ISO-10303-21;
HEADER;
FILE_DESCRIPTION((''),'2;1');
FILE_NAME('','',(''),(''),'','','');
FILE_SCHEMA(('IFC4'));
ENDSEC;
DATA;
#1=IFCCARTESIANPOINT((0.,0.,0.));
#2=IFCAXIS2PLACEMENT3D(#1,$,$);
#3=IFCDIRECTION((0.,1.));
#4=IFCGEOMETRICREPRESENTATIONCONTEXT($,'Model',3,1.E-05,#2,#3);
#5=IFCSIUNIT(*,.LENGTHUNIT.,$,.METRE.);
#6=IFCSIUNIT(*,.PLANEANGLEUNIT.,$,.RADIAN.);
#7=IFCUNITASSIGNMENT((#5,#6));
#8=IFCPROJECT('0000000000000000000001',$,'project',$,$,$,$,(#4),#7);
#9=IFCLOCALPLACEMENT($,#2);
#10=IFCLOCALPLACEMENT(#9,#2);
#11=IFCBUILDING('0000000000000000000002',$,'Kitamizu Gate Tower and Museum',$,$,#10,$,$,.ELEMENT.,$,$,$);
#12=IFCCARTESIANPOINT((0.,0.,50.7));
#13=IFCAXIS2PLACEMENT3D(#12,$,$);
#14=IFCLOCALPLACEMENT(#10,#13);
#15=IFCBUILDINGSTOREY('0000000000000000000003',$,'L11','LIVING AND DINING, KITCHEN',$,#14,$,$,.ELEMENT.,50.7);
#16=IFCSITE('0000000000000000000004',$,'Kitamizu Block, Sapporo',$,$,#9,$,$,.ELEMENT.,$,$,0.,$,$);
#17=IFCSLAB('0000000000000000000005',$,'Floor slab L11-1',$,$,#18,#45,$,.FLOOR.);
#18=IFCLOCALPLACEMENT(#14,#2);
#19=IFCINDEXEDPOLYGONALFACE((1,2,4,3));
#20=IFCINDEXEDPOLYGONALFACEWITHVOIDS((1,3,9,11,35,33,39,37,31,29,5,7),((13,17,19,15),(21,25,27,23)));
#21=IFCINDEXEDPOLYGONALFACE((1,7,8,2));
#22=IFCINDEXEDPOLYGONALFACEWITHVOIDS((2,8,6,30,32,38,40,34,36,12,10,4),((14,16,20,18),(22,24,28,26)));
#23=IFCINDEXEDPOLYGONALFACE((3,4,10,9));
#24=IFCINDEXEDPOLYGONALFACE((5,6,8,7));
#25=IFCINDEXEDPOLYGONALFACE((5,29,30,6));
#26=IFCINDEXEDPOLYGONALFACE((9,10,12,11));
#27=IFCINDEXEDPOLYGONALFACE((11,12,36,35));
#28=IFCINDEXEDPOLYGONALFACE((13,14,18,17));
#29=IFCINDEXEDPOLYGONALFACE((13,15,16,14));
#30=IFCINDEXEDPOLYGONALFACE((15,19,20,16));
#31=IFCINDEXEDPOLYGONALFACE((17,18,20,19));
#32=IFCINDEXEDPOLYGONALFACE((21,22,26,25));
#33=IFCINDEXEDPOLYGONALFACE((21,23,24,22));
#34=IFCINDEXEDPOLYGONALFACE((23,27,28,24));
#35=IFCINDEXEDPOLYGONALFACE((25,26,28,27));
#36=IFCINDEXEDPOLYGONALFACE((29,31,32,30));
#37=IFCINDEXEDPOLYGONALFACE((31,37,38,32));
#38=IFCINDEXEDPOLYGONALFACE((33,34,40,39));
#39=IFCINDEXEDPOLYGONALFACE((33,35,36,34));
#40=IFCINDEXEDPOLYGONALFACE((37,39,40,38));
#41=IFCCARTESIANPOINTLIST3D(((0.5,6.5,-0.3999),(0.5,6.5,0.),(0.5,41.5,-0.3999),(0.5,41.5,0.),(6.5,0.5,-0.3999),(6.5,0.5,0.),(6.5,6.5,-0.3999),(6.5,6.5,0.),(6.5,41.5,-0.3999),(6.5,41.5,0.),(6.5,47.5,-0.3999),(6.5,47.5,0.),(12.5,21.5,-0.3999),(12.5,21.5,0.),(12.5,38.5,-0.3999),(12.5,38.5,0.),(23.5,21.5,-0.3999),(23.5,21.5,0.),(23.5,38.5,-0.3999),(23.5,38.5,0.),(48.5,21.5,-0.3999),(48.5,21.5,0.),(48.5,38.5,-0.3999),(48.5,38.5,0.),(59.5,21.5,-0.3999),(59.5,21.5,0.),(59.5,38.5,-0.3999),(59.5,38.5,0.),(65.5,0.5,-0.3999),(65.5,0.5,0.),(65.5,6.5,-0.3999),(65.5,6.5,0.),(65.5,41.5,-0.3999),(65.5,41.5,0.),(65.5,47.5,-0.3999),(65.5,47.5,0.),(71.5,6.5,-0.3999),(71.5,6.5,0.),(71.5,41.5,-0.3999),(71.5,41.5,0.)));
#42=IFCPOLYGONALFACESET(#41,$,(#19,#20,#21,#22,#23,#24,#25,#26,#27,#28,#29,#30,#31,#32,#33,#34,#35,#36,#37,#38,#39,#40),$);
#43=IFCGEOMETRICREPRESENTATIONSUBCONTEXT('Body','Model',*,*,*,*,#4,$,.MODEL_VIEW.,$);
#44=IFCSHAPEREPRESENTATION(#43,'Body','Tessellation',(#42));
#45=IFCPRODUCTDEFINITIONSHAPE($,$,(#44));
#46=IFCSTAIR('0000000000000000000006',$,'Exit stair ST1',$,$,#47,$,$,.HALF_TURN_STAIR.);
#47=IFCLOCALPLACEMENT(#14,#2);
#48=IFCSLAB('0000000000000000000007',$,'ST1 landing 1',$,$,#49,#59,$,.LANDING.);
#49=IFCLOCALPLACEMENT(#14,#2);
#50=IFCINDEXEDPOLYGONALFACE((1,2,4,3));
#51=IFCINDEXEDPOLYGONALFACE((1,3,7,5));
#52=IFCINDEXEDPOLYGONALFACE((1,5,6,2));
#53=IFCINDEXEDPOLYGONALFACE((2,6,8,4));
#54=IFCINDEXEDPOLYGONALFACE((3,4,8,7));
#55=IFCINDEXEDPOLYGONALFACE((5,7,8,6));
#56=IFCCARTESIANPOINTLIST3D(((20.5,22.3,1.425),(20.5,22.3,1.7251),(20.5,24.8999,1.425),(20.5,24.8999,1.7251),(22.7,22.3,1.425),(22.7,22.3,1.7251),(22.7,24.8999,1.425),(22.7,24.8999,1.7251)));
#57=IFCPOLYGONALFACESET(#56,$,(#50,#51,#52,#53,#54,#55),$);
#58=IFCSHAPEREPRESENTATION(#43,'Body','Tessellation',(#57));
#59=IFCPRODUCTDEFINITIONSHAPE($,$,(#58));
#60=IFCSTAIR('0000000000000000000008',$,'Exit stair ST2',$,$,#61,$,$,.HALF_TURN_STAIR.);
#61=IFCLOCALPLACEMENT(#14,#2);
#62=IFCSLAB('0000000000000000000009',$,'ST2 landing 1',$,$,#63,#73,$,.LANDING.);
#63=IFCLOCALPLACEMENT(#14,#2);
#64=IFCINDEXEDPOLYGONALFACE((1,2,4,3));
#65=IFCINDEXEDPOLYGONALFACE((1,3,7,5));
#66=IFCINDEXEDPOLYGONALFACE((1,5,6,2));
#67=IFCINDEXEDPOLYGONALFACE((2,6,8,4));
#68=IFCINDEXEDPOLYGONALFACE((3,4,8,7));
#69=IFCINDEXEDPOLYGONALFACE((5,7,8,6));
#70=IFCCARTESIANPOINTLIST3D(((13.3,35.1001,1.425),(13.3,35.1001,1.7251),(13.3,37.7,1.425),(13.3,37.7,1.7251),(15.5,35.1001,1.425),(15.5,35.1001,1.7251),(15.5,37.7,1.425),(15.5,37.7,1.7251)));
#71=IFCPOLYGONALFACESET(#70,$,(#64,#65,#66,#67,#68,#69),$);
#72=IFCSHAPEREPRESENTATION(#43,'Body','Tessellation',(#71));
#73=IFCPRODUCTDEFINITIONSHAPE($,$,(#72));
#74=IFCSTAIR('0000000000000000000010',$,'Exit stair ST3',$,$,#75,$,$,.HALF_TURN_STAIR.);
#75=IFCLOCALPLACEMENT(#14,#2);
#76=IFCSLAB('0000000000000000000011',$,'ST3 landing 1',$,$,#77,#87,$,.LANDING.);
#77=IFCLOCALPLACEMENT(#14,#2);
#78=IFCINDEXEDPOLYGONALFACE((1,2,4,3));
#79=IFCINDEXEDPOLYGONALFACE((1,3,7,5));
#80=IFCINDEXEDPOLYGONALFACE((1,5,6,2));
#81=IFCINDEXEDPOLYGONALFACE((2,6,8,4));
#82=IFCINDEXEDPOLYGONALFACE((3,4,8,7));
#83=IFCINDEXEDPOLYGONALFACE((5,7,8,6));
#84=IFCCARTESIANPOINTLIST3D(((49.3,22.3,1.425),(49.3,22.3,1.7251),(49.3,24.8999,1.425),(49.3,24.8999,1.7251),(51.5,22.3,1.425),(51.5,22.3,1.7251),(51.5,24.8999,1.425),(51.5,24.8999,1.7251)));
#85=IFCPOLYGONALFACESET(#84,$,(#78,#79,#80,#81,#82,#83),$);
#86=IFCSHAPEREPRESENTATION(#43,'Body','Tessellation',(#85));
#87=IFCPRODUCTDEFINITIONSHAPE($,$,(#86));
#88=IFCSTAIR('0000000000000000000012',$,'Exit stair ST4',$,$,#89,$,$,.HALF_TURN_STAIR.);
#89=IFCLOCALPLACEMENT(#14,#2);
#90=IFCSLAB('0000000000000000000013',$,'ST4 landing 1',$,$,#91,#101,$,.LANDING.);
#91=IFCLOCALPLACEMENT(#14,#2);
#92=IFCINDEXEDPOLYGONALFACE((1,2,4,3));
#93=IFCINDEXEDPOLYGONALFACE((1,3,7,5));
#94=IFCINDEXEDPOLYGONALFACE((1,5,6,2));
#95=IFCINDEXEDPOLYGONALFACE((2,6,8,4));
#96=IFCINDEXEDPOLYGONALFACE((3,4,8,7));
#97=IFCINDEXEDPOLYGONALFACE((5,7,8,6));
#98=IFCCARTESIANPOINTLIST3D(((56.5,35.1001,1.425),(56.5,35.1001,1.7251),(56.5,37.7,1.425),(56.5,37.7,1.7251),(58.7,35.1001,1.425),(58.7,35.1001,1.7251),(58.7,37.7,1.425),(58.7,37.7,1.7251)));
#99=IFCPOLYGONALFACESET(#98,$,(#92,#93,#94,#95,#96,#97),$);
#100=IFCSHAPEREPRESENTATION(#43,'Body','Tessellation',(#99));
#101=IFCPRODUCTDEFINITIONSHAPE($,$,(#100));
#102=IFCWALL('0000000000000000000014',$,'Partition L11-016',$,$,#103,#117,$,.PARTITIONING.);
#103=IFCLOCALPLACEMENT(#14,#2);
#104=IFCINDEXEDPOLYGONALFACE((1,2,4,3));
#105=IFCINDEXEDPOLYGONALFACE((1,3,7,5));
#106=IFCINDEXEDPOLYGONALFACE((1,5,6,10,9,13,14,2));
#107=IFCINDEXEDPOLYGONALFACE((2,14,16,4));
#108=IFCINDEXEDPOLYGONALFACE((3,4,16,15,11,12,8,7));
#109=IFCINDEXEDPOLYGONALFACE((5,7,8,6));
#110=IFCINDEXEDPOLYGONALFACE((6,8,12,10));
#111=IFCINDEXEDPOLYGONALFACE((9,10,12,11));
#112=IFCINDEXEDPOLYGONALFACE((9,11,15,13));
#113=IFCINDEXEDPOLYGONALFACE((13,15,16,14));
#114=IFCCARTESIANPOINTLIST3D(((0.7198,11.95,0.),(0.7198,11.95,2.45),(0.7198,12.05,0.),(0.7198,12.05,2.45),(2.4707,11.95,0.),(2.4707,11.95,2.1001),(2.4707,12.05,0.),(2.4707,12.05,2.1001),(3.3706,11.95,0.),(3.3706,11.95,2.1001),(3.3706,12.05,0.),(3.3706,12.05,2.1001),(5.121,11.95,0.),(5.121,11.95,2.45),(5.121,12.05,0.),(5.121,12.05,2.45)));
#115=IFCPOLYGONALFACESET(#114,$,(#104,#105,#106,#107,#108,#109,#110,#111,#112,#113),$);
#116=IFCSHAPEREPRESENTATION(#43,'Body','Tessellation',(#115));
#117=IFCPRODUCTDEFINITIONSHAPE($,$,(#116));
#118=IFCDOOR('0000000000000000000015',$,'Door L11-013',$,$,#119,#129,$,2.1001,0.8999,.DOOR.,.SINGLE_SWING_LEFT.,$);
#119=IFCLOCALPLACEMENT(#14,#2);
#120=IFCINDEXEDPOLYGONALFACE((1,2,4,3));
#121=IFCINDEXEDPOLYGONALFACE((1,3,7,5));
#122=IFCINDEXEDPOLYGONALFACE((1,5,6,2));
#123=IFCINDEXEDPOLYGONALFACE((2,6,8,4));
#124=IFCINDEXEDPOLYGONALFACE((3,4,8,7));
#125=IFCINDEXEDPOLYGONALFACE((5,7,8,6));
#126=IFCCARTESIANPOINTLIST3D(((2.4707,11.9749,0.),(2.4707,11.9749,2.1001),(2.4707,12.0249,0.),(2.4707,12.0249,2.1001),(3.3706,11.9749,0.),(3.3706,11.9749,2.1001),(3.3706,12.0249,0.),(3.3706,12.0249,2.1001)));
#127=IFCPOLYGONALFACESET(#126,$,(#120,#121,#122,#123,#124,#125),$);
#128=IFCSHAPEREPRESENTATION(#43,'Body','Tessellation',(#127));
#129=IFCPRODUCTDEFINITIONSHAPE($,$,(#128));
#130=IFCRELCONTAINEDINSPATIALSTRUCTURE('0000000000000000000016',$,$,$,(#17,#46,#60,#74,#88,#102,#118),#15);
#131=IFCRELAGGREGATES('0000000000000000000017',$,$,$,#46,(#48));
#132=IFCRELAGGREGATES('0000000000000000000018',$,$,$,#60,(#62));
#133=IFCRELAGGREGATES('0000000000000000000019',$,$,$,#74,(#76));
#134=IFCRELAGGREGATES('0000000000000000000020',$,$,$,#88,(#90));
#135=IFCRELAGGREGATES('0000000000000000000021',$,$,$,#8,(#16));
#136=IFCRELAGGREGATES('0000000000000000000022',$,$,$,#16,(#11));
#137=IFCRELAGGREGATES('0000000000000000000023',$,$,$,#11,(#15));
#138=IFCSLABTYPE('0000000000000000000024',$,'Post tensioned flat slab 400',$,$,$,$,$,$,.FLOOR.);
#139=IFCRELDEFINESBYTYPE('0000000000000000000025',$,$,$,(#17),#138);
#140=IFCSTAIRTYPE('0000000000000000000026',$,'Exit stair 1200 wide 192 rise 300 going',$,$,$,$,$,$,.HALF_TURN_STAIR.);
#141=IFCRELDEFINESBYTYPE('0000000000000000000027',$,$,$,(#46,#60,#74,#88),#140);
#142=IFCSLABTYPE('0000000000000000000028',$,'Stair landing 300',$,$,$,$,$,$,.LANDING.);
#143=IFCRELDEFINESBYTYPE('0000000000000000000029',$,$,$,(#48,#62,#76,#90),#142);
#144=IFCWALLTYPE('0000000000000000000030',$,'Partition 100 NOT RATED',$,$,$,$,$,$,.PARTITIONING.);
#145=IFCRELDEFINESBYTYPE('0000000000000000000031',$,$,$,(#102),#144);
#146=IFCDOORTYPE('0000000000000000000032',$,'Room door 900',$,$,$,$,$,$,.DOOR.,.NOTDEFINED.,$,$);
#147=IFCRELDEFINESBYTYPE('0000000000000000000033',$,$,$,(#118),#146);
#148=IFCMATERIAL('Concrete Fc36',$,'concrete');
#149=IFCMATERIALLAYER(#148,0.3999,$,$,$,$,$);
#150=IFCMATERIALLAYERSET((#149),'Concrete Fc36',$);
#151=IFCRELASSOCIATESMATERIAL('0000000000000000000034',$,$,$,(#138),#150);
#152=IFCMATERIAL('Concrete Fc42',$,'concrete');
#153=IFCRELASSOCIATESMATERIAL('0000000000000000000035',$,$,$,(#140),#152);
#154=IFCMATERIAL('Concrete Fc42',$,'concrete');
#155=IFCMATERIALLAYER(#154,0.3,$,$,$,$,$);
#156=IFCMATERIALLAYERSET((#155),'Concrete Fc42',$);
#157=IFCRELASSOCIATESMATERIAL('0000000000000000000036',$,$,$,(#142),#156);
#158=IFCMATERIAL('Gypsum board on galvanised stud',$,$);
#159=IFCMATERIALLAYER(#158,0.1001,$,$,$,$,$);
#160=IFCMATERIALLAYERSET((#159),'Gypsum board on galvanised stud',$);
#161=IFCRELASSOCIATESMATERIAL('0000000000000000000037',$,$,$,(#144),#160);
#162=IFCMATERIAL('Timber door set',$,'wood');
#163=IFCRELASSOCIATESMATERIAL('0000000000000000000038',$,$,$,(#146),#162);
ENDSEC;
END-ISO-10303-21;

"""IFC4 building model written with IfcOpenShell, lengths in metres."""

from ifc_helpers import new_model, si_unit, direction, frame, frame_2d, origin, place, context, subcontext, project, spatial, polyline, rectangle, outline, extrude, material, layer, layer_set, type_object, element, fill, aggregate, save


model = new_model("IFC4")

# Units and contexts
model_context = context("Model", 3, precision=1e-05, world=origin(), true_north=direction((0.0, 1.0)))
body_context = subcontext(model_context, "Body", "Model", "MODEL_VIEW")
ifc_project = project(units=[si_unit("LENGTHUNIT", "METRE"), si_unit("PLANEANGLEUNIT", "RADIAN")], contexts=[model_context])

# Site, building, storey
site_placement = place(None, origin())
site = spatial("IfcSite", under=ifc_project, at=site_placement, Name="Kitamizu Block, Sapporo", CompositionType="ELEMENT", RefElevation=0.0)
building_placement = place(site_placement, origin())
building = spatial("IfcBuilding", under=site, at=building_placement, Name="Kitamizu Gate Tower and Museum", CompositionType="ELEMENT")
storey_placement = place(building_placement, frame((0.0, 0.0, 50.7)))
storey = spatial("IfcBuildingStorey", under=building, at=storey_placement, Name="L11", Description="LIVING AND DINING, KITCHEN", CompositionType="ELEMENT", Elevation=50.7)

# Slab
ifc_material_1 = material(Name="Concrete Fc36", Category="concrete")
ifc_layer_1 = layer(ifc_material_1, 0.3999)
ifc_layer_set_1 = layer_set([ifc_layer_1], Name="Concrete Fc36")
slab_type_1 = type_object("IfcSlabType", Name="Post tensioned flat slab 400", PredefinedType="FLOOR", material=ifc_layer_set_1)
slab_1_placement = place(storey_placement, frame((0.0, 0.0, -0.3999)))
element("IfcSlab", 1, at=slab_1_placement, inside=storey, type_object=slab_type_1, Name="Floor slab L11-1", PredefinedType="FLOOR", context=body_context, shape_type="SweptSolid", body=[
    extrude(outline(polyline([(0.5, 6.5), (0.5, 41.5), (6.5, 41.5), (6.5, 47.5), (65.5, 47.5), (65.5, 41.5), (71.5, 41.5), (71.5, 6.5), (65.5, 6.5), (65.5, 0.5), (6.5, 0.5), (6.5, 6.5), (0.5, 6.5)]), holes=[polyline([(59.5, 38.5), (48.5, 38.5), (48.5, 21.5), (59.5, 21.5), (59.5, 38.5)]), polyline([(12.5, 38.5), (12.5, 21.5), (23.5, 21.5), (23.5, 38.5), (12.5, 38.5)])]), origin(), (0.0, 0.0, 1.0), 0.3999),
])

# Stairs, slabs
ifc_material_2 = material(Name="Concrete Fc42", Category="concrete")
stair_type = type_object("IfcStairType", Name="Exit stair 1200 wide 192 rise 300 going", PredefinedType="HALF_TURN_STAIR", material=ifc_material_2)
stair_1_placement = place(storey_placement, origin())
stair_1 = element("IfcStair", 2, at=stair_1_placement, inside=storey, type_object=stair_type, Name="Exit stair ST1", PredefinedType="HALF_TURN_STAIR")
ifc_material_3 = material(Name="Concrete Fc42", Category="concrete")
ifc_layer_2 = layer(ifc_material_3, 0.3)
ifc_layer_set_2 = layer_set([ifc_layer_2], Name="Concrete Fc42")
slab_type_2 = type_object("IfcSlabType", Name="Stair landing 300", PredefinedType="LANDING", material=ifc_layer_set_2)
slab_2_placement = place(storey_placement, frame((0.0, 0.0, 1.425)))
slab_2 = element("IfcSlab", 3, at=slab_2_placement, type_object=slab_type_2, Name="ST1 landing 1", PredefinedType="LANDING", context=body_context, shape_type="SweptSolid", body=[
    extrude(outline(polyline([(20.5, 22.3), (22.7, 22.3), (22.7, 24.8999), (20.5, 24.8999), (20.5, 22.3)])), origin(), (0.0, 0.0, 1.0), 0.3),
])
aggregate(stair_1, [slab_2])
stair_2_placement = place(storey_placement, origin())
stair_2 = element("IfcStair", 4, at=stair_2_placement, inside=storey, type_object=stair_type, Name="Exit stair ST2", PredefinedType="HALF_TURN_STAIR")
slab_3_placement = place(storey_placement, frame((0.0, 0.0, 1.425)))
slab_3 = element("IfcSlab", 5, at=slab_3_placement, type_object=slab_type_2, Name="ST2 landing 1", PredefinedType="LANDING", context=body_context, shape_type="SweptSolid", body=[
    extrude(outline(polyline([(13.3, 35.1001), (15.5, 35.1001), (15.5, 37.7), (13.3, 37.7), (13.3, 35.1001)])), origin(), (0.0, 0.0, 1.0), 0.3),
])
aggregate(stair_2, [slab_3])
stair_3_placement = place(storey_placement, origin())
stair_3 = element("IfcStair", 6, at=stair_3_placement, inside=storey, type_object=stair_type, Name="Exit stair ST3", PredefinedType="HALF_TURN_STAIR")
slab_4_placement = place(storey_placement, frame((0.0, 0.0, 1.425)))
slab_4 = element("IfcSlab", 7, at=slab_4_placement, type_object=slab_type_2, Name="ST3 landing 1", PredefinedType="LANDING", context=body_context, shape_type="SweptSolid", body=[
    extrude(outline(polyline([(49.3, 22.3), (51.5, 22.3), (51.5, 24.8999), (49.3, 24.8999), (49.3, 22.3)])), origin(), (0.0, 0.0, 1.0), 0.3),
])
aggregate(stair_3, [slab_4])
stair_4_placement = place(storey_placement, origin())
stair_4 = element("IfcStair", 8, at=stair_4_placement, inside=storey, type_object=stair_type, Name="Exit stair ST4", PredefinedType="HALF_TURN_STAIR")
slab_5_placement = place(storey_placement, frame((0.0, 0.0, 1.425)))
slab_5 = element("IfcSlab", 9, at=slab_5_placement, type_object=slab_type_2, Name="ST4 landing 1", PredefinedType="LANDING", context=body_context, shape_type="SweptSolid", body=[
    extrude(outline(polyline([(56.5, 35.1001), (58.7, 35.1001), (58.7, 37.7), (56.5, 37.7), (56.5, 35.1001)])), origin(), (0.0, 0.0, 1.0), 0.3),
])
aggregate(stair_4, [slab_5])

# Wall, opening, door
ifc_material_4 = material(Name="Gypsum board on galvanised stud")
ifc_layer_3 = layer(ifc_material_4, 0.1001)
ifc_layer_set_3 = layer_set([ifc_layer_3], Name="Gypsum board on galvanised stud")
wall_type_1 = type_object("IfcWallType", Name="Partition 100 NOT RATED", PredefinedType="PARTITIONING", material=ifc_layer_set_3)
wall_1_placement = place(storey_placement, frame((5.1211, 12.0, 0.0), z_axis=(0.0, 0.0, 1.0), x_axis=(-1.0, 0.0, 0.0)))
wall_1 = element("IfcWall", 10, at=wall_1_placement, inside=storey, type_object=wall_type_1, Name="Partition L11-016", PredefinedType="PARTITIONING", context=body_context, shape_type="SweptSolid", body=[
    extrude(rectangle(XDim=4.4011, YDim=0.1001, at=frame_2d((2.2007, 0.0))), origin(), (0.0, 0.0, 1.0), 2.45),
])
opening_1_placement = place(wall_1_placement, frame((1.7505, 0.0, 0.0)))
opening_1 = element("IfcOpeningElement", 11, at=opening_1_placement, cuts=wall_1, PredefinedType="OPENING", context=body_context, shape_type="SweptSolid", body=[
    extrude(rectangle(XDim=0.8999, YDim=2.1001, at=frame_2d((0.45, 1.05))), frame((0.0, 0.0601, 0.0), z_axis=(0.0, -1.0, 0.0), x_axis=(1.0, 0.0, 0.0)), (0.0, 0.0, 1.0), 0.1201),
])
ifc_material_5 = material(Name="Timber door set", Category="wood")
door_type = type_object("IfcDoorType", Name="Room door 900", OperationType="NOTDEFINED", PredefinedType="DOOR", material=ifc_material_5)
door_placement = place(opening_1_placement, frame((0.8999, 0.0, 0.0), x_axis=(-1.0, 0.0, 0.0)))
door = element("IfcDoor", 12, at=door_placement, inside=storey, type_object=door_type, Name="Door L11-013", OperationType="SINGLE_SWING_LEFT", OverallHeight=2.1001, OverallWidth=0.8999, PredefinedType="DOOR", context=body_context, shape_type="SweptSolid", body=[
    extrude(rectangle(XDim=0.8999, YDim=2.1001, at=frame_2d((0.45, 1.05))), frame((0.0, 0.0249, 0.0), z_axis=(0.0, -1.0, 0.0), x_axis=(1.0, 0.0, 0.0)), (0.0, 0.0, 1.0), 0.05),
])
fill(opening_1, door)

save(model, "model.ifc")
